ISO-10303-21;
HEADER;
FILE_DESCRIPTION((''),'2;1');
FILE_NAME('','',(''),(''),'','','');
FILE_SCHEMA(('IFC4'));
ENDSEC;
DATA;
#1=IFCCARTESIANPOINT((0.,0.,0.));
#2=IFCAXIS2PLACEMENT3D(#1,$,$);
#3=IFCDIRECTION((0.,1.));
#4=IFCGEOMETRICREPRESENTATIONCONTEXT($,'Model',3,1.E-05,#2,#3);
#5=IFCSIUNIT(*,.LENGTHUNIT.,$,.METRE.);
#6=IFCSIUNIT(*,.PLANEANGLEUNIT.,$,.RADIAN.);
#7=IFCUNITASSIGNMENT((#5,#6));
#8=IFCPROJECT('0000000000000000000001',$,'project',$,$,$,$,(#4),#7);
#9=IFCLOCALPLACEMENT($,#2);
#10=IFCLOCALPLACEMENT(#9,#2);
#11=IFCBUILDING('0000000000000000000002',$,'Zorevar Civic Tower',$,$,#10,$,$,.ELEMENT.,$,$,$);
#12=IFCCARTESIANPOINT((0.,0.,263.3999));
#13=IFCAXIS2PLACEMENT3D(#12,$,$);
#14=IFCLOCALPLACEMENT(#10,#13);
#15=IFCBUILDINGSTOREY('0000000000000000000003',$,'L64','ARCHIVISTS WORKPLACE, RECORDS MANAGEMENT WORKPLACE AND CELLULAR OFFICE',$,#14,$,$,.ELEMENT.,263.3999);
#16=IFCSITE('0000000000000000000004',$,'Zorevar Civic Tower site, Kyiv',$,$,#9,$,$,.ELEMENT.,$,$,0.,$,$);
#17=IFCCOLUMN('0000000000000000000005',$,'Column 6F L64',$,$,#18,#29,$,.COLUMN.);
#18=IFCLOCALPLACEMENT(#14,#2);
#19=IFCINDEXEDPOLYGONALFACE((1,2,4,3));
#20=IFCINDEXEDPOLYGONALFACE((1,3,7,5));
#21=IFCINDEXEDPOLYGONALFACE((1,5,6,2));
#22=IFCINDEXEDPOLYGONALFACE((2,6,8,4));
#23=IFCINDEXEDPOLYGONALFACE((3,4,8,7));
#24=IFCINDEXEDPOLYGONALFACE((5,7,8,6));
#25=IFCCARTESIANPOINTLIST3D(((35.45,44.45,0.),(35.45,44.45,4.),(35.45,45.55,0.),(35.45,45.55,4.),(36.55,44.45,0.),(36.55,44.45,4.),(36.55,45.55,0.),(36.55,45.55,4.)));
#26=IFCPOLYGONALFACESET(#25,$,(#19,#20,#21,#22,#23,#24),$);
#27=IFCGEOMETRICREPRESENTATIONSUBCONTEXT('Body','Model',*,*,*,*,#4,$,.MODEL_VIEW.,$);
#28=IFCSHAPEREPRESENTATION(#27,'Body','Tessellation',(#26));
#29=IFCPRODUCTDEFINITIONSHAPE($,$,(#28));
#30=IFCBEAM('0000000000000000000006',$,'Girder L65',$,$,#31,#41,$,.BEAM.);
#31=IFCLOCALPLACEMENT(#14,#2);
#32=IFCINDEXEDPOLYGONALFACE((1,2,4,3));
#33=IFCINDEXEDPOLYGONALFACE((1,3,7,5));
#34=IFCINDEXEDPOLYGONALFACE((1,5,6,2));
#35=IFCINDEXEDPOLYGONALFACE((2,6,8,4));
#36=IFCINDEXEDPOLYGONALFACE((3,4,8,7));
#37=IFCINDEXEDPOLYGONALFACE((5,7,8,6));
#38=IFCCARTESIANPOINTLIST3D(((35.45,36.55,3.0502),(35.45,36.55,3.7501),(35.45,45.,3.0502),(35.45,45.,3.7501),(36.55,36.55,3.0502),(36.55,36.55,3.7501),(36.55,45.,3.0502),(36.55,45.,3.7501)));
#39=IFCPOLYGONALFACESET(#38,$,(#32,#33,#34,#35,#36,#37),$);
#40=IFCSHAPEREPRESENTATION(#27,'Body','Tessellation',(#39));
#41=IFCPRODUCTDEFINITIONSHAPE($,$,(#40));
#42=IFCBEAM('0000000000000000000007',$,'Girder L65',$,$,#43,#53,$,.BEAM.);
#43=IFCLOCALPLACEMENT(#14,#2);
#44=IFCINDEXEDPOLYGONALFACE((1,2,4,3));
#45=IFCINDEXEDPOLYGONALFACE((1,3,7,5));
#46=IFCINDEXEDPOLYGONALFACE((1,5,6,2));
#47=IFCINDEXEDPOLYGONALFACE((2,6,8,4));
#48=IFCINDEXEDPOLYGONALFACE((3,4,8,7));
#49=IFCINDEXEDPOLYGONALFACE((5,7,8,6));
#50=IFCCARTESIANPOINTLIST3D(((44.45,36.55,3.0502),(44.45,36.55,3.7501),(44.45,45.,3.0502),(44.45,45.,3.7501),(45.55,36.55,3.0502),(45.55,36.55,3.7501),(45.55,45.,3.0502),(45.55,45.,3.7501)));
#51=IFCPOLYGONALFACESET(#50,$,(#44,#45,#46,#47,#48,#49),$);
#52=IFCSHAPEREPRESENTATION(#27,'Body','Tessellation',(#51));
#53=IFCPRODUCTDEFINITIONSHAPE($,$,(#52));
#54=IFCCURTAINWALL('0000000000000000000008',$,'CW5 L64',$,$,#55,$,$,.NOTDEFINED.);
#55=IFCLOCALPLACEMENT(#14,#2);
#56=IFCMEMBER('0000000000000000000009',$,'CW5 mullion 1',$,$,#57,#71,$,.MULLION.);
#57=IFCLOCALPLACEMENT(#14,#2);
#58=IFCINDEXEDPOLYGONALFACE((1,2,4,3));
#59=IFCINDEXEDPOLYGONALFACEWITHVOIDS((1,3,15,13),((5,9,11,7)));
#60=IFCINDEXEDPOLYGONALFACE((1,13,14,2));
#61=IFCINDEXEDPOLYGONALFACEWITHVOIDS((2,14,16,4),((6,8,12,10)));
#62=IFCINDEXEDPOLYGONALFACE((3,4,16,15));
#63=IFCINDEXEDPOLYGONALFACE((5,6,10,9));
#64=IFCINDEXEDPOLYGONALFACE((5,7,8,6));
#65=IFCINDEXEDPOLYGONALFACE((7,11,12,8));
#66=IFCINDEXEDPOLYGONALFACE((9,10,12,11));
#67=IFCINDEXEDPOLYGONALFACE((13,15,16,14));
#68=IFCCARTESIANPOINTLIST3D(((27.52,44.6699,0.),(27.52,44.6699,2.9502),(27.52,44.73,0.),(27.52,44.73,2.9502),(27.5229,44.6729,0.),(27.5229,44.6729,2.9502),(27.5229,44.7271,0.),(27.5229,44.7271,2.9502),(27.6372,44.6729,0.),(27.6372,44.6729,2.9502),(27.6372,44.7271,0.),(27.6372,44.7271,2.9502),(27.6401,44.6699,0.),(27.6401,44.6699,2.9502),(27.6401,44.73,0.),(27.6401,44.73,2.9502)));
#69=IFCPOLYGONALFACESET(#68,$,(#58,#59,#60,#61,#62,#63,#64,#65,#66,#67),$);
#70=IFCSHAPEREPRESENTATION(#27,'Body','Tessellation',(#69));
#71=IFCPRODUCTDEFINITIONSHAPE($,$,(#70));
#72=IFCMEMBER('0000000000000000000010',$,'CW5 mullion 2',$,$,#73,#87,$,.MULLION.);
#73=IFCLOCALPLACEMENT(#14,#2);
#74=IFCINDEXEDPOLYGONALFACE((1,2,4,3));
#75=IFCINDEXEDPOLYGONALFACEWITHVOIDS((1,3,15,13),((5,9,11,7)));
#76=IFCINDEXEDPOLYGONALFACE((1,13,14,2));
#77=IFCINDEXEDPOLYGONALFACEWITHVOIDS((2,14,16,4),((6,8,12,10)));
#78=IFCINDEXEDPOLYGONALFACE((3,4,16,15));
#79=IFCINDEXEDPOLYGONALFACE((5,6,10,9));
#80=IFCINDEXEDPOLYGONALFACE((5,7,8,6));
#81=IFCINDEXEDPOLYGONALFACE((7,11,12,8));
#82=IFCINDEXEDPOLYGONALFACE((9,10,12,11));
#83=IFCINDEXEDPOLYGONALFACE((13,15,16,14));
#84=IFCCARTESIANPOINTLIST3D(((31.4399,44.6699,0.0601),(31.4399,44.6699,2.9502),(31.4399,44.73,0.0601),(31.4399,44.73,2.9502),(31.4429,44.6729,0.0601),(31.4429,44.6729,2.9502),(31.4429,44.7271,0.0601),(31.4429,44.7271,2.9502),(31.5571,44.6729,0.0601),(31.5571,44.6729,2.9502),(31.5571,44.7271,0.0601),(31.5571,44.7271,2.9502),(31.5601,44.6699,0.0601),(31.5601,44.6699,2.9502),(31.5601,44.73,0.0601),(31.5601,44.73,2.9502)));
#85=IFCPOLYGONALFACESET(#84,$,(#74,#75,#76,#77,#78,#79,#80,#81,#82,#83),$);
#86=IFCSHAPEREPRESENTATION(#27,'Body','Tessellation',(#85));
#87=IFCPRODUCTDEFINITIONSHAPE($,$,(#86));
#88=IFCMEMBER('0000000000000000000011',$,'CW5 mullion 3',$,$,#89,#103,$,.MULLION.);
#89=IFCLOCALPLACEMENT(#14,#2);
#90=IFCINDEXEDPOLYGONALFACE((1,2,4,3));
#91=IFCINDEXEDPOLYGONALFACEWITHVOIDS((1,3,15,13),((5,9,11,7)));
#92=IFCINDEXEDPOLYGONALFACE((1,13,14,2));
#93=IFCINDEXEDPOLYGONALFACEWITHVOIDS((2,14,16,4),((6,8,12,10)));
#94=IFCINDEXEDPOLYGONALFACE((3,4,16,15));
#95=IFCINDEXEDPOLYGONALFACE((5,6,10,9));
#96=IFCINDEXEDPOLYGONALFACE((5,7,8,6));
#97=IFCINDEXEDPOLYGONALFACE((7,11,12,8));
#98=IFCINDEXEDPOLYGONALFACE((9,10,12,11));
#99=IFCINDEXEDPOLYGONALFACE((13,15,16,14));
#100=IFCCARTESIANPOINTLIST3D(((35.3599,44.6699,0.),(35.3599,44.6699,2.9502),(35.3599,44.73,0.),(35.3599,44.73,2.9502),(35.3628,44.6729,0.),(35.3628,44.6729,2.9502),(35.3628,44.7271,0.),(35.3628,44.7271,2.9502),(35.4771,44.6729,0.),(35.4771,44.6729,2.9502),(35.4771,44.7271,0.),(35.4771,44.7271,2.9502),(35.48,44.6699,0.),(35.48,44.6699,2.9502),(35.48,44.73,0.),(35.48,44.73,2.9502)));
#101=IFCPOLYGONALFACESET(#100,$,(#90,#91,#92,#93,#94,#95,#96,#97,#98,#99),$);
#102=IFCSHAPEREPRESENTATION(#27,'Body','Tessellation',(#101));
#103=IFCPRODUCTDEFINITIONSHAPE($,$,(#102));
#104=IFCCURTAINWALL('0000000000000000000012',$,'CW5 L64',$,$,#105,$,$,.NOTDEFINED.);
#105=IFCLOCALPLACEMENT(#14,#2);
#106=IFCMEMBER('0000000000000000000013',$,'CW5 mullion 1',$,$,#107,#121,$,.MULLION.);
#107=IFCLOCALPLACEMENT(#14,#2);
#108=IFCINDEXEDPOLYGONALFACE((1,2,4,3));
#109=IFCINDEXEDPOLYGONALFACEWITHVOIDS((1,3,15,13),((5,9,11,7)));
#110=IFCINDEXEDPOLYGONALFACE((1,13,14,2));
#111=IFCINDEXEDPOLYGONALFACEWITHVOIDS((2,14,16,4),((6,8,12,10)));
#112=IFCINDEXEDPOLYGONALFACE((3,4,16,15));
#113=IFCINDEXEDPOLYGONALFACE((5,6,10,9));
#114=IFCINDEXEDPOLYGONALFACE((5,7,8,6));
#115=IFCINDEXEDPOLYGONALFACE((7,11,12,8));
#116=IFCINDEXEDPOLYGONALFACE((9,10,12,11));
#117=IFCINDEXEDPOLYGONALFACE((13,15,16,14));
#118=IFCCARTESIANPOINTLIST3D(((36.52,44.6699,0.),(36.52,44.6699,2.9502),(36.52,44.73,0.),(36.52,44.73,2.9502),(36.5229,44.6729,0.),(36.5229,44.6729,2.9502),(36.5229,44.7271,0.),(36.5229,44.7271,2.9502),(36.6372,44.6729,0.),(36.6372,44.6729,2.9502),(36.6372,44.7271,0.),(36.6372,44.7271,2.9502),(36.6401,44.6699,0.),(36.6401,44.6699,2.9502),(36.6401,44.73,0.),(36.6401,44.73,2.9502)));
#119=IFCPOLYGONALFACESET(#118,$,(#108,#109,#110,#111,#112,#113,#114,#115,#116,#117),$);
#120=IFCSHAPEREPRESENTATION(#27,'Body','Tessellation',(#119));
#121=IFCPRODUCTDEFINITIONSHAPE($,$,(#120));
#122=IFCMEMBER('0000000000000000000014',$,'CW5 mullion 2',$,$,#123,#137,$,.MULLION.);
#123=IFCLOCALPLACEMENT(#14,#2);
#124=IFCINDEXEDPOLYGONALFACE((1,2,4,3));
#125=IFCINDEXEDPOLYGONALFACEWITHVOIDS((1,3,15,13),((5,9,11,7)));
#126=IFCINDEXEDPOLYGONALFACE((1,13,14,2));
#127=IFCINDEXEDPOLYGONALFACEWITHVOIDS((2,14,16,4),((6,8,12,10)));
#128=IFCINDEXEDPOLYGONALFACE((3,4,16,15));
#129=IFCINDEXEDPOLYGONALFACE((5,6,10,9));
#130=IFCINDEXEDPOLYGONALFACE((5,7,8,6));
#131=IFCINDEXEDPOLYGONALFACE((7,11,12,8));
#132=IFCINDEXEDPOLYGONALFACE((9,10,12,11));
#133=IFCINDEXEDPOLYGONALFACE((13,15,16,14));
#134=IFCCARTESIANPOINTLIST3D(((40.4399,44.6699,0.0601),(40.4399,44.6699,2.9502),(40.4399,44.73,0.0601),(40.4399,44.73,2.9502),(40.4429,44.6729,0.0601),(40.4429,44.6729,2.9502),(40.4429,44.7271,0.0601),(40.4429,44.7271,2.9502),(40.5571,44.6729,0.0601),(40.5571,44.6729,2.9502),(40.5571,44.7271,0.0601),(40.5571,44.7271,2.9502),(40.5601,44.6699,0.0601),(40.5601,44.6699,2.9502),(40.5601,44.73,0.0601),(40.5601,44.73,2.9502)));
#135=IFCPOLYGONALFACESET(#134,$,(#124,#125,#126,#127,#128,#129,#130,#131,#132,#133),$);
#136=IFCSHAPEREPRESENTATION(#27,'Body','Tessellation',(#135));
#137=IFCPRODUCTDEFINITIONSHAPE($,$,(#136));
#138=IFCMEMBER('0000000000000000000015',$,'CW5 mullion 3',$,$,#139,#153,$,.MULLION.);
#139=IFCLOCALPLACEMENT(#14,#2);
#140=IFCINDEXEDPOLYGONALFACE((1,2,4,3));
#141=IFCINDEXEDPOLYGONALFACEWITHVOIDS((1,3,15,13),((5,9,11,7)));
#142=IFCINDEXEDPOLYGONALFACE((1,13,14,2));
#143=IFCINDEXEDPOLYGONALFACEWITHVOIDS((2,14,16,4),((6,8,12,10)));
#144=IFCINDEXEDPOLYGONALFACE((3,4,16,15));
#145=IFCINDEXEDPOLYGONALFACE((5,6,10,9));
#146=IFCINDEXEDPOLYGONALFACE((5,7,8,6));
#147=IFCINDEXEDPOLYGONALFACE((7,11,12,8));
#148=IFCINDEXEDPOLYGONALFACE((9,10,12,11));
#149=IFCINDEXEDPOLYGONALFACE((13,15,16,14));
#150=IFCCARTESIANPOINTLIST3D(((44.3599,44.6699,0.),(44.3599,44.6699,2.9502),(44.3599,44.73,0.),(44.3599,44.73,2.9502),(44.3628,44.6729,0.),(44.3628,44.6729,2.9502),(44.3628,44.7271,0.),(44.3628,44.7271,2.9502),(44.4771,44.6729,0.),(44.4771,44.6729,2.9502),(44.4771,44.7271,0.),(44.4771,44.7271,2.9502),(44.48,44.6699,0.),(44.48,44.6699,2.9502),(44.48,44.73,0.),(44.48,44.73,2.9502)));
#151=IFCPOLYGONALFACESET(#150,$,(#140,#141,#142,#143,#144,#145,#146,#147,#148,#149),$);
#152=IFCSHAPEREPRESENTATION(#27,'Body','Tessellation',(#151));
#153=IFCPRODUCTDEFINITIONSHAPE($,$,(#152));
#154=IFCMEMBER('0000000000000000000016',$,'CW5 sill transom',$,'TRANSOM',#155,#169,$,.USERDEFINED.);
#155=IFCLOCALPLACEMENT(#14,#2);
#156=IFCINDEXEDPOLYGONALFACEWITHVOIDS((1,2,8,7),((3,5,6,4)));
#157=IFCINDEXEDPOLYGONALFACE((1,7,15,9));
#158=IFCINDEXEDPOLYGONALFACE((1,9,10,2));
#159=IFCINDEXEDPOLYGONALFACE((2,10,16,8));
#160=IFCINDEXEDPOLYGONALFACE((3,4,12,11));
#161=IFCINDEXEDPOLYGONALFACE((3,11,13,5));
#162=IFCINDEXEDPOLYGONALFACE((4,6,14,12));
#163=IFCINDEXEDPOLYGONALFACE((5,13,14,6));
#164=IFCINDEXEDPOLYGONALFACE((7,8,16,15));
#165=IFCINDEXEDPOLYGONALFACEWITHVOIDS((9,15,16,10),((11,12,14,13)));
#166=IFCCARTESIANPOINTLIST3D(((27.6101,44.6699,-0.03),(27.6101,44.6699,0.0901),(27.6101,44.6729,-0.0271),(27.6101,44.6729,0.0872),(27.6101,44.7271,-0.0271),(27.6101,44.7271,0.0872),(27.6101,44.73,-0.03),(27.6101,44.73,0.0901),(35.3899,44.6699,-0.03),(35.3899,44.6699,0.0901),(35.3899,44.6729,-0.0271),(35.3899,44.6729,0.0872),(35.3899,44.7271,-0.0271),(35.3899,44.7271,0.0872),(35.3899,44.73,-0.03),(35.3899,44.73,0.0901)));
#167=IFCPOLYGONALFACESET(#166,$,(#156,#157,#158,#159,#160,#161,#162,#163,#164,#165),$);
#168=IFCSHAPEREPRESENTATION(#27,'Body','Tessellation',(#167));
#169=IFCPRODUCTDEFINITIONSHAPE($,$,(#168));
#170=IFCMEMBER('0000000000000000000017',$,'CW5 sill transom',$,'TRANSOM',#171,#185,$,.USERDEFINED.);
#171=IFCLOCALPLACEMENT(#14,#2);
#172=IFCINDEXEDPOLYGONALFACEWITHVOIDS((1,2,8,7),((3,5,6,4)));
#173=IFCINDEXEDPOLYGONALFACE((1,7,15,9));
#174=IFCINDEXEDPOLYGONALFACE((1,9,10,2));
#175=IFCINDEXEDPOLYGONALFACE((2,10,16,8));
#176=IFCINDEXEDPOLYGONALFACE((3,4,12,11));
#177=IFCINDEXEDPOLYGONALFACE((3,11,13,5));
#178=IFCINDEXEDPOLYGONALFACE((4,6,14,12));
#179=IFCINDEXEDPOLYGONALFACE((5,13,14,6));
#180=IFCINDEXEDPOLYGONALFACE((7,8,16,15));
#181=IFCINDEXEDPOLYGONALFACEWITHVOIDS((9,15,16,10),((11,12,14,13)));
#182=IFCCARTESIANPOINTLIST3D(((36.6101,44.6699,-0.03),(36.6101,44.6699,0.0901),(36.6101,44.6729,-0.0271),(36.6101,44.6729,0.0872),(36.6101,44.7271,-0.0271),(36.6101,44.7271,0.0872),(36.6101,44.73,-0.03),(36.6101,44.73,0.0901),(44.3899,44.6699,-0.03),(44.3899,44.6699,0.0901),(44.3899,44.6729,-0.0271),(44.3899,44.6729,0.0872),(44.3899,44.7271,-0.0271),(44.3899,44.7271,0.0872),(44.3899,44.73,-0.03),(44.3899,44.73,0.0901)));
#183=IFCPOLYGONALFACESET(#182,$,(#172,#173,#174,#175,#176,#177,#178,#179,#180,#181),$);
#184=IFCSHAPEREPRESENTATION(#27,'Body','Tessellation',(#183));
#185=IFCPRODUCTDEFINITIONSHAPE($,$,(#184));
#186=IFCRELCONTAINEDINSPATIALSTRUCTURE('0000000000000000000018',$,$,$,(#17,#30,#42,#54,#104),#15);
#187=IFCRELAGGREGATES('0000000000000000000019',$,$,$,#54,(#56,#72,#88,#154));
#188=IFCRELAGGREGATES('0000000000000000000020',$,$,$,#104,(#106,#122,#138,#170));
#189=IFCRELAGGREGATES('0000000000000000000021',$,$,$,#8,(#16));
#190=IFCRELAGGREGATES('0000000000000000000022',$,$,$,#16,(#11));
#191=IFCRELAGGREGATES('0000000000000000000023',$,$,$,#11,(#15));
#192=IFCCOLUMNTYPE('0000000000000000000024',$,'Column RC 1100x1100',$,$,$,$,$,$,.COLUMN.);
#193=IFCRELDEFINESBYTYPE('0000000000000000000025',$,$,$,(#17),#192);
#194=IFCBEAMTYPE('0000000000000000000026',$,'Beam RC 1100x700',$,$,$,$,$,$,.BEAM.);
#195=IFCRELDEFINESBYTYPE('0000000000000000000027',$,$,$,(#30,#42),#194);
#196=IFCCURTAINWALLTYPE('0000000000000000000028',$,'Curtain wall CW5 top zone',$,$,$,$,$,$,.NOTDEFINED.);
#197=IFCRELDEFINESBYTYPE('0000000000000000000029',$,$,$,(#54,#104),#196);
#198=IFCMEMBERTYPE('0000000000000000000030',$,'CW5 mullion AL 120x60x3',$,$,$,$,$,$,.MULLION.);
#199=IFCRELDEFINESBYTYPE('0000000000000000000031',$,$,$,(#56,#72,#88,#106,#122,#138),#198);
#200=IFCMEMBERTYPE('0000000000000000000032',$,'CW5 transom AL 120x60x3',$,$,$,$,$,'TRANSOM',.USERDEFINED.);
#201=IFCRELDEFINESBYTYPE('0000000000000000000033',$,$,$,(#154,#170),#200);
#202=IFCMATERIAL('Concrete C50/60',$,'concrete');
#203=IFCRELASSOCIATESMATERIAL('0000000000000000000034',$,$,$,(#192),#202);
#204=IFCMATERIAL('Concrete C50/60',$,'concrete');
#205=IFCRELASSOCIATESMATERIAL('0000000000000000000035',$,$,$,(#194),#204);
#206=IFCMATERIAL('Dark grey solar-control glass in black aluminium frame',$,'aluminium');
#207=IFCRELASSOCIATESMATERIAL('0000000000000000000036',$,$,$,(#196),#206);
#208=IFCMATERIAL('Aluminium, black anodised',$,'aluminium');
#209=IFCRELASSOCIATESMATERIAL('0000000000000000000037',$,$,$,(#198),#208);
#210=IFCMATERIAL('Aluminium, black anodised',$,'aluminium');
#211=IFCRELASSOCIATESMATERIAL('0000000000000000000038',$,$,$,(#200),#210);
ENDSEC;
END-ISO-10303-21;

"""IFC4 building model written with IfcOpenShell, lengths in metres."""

from ifc_helpers import new_model, si_unit, direction, frame, origin, origin_2d, place, context, subcontext, project, spatial, rectangle, hollow_rectangle, extrude, material, material_profile, profile_set, type_object, element, aggregate, save


model = new_model("IFC4")

# Units and contexts
model_context = context("Model", 3, precision=1e-05, world=origin(), true_north=direction((0.0, 1.0)))
body_context = subcontext(model_context, "Body", "Model", "MODEL_VIEW")
ifc_project = project(units=[si_unit("LENGTHUNIT", "METRE"), si_unit("PLANEANGLEUNIT", "RADIAN")], contexts=[model_context])

# Site, building, storey
site_placement = place(None, origin())
site = spatial("IfcSite", under=ifc_project, at=site_placement, Name="Zorevar Civic Tower site, Kyiv", CompositionType="ELEMENT", RefElevation=0.0)
building_placement = place(site_placement, origin())
building = spatial("IfcBuilding", under=site, at=building_placement, Name="Zorevar Civic Tower", CompositionType="ELEMENT")
storey_placement = place(building_placement, frame((0.0, 0.0, 263.3999)))
storey = spatial("IfcBuildingStorey", under=building, at=storey_placement, Name="L64", Description="ARCHIVISTS WORKPLACE, RECORDS MANAGEMENT WORKPLACE AND CELLULAR OFFICE", CompositionType="ELEMENT", Elevation=263.3999)

# Column
ifc_material_1 = material(Name="Concrete C50/60", Category="concrete")
ifc_material_profile_1 = material_profile(ifc_material_1, rectangle(XDim=1.1001, YDim=1.1001, at=origin_2d()), Name="RC 1100x1100")
ifc_profile_set_1 = profile_set([ifc_material_profile_1], Name="Concrete C50/60")
column_type = type_object("IfcColumnType", Name="Column RC 1100x1100", PredefinedType="COLUMN", material=ifc_profile_set_1)
column_placement = place(storey_placement, frame((36.0, 45.0, 0.0), z_axis=(0.0, 0.0, 1.0), x_axis=(1.0, 0.0, 0.0)))
element("IfcColumn", 1, at=column_placement, inside=storey, type_object=column_type, Name="Column 6F L64", PredefinedType="COLUMN", context=body_context, shape_type="SweptSolid", body=[
    extrude(rectangle(XDim=1.1001, YDim=1.1001, at=origin_2d()), origin(), (0.0, 0.0, 1.0), 4.0),
])

# Beams
ifc_material_2 = material(Name="Concrete C50/60", Category="concrete")
ifc_material_profile_2 = material_profile(ifc_material_2, rectangle(XDim=1.1001, YDim=0.7, at=origin_2d()), Name="RC 1100x700")
ifc_profile_set_2 = profile_set([ifc_material_profile_2], Name="Concrete C50/60")
beam_type_1 = type_object("IfcBeamType", Name="Beam RC 1100x700", PredefinedType="BEAM", material=ifc_profile_set_2)
for number, where, z_axis, x_axis, name in (
    (2, (36.0, 36.55, 3.4001), (0.0, 1.0, 0.0), (-1.0, 0.0, 0.0), "Girder L65"),
    (3, (45.0, 36.55, 3.4001), (0.0, 1.0, 0.0), (-1.0, 0.0, 0.0), "Girder L65"),
):
    element("IfcBeam", number, at=place(storey_placement, frame(where, z_axis=z_axis, x_axis=x_axis)), inside=storey, type_object=beam_type_1, Name=name, PredefinedType="BEAM", context=body_context, shape_type="SweptSolid", body=[
        extrude(rectangle(XDim=1.1001, YDim=0.7, at=origin_2d()), origin(), (0.0, 0.0, 1.0), 8.45),
    ])

# Curtain walls, members
ifc_material_3 = material(Name="Dark grey solar-control glass in black aluminium frame", Category="aluminium")
curtain_wall_type = type_object("IfcCurtainWallType", Name="Curtain wall CW5 top zone", PredefinedType="NOTDEFINED", material=ifc_material_3)
curtain_wall_1_placement = place(storey_placement, origin())
curtain_wall_1 = element("IfcCurtainWall", 4, at=curtain_wall_1_placement, inside=storey, type_object=curtain_wall_type, Name="CW5 L64", PredefinedType="NOTDEFINED")
ifc_material_4 = material(Name="Aluminium, black anodised", Category="aluminium")
ifc_material_profile_3 = material_profile(ifc_material_4, hollow_rectangle(XDim=0.0601, YDim=0.1201, WallThickness=0.0029, at=origin_2d()), Name="AL 120x60x3")
ifc_profile_set_3 = profile_set([ifc_material_profile_3], Name="Aluminium, black anodised")
member_type_1 = type_object("IfcMemberType", Name="CW5 mullion AL 120x60x3", PredefinedType="MULLION", material=ifc_profile_set_3)
member_1_placement = place(storey_placement, frame((27.5801, 44.7, 0.0), z_axis=(0.0, 0.0, 1.0), x_axis=(0.0, 1.0, 0.0)))
member_1 = element("IfcMember", 5, at=member_1_placement, type_object=member_type_1, Name="CW5 mullion 1", PredefinedType="MULLION", context=body_context, shape_type="SweptSolid", body=[
    extrude(hollow_rectangle(XDim=0.0601, YDim=0.1201, WallThickness=0.0029, at=origin_2d()), origin(), (0.0, 0.0, 1.0), 2.9502),
])
member_2_placement = place(storey_placement, frame((31.5, 44.7, 0.0601), z_axis=(0.0, 0.0, 1.0), x_axis=(0.0, 1.0, 0.0)))
member_2 = element("IfcMember", 6, at=member_2_placement, type_object=member_type_1, Name="CW5 mullion 2", PredefinedType="MULLION", context=body_context, shape_type="SweptSolid", body=[
    extrude(hollow_rectangle(XDim=0.0601, YDim=0.1201, WallThickness=0.0029, at=origin_2d()), origin(), (0.0, 0.0, 1.0), 2.8901),
])
member_3_placement = place(storey_placement, frame((35.4199, 44.7, 0.0), z_axis=(0.0, 0.0, 1.0), x_axis=(0.0, 1.0, 0.0)))
member_3 = element("IfcMember", 7, at=member_3_placement, type_object=member_type_1, Name="CW5 mullion 3", PredefinedType="MULLION", context=body_context, shape_type="SweptSolid", body=[
    extrude(hollow_rectangle(XDim=0.0601, YDim=0.1201, WallThickness=0.0029, at=origin_2d()), origin(), (0.0, 0.0, 1.0), 2.9502),
])
curtain_wall_2_placement = place(storey_placement, origin())
curtain_wall_2 = element("IfcCurtainWall", 8, at=curtain_wall_2_placement, inside=storey, type_object=curtain_wall_type, Name="CW5 L64", PredefinedType="NOTDEFINED")
member_4_placement = place(storey_placement, frame((36.5801, 44.7, 0.0), z_axis=(0.0, 0.0, 1.0), x_axis=(0.0, 1.0, 0.0)))
member_4 = element("IfcMember", 9, at=member_4_placement, type_object=member_type_1, Name="CW5 mullion 1", PredefinedType="MULLION", context=body_context, shape_type="SweptSolid", body=[
    extrude(hollow_rectangle(XDim=0.0601, YDim=0.1201, WallThickness=0.0029, at=origin_2d()), origin(), (0.0, 0.0, 1.0), 2.9502),
])
member_5_placement = place(storey_placement, frame((40.5, 44.7, 0.0601), z_axis=(0.0, 0.0, 1.0), x_axis=(0.0, 1.0, 0.0)))
member_5 = element("IfcMember", 10, at=member_5_placement, type_object=member_type_1, Name="CW5 mullion 2", PredefinedType="MULLION", context=body_context, shape_type="SweptSolid", body=[
    extrude(hollow_rectangle(XDim=0.0601, YDim=0.1201, WallThickness=0.0029, at=origin_2d()), origin(), (0.0, 0.0, 1.0), 2.8901),
])
member_6_placement = place(storey_placement, frame((44.4199, 44.7, 0.0), z_axis=(0.0, 0.0, 1.0), x_axis=(0.0, 1.0, 0.0)))
member_6 = element("IfcMember", 11, at=member_6_placement, type_object=member_type_1, Name="CW5 mullion 3", PredefinedType="MULLION", context=body_context, shape_type="SweptSolid", body=[
    extrude(hollow_rectangle(XDim=0.0601, YDim=0.1201, WallThickness=0.0029, at=origin_2d()), origin(), (0.0, 0.0, 1.0), 2.9502),
])

# Members
ifc_material_5 = material(Name="Aluminium, black anodised", Category="aluminium")
ifc_material_profile_4 = material_profile(ifc_material_5, hollow_rectangle(XDim=0.0601, YDim=0.1201, WallThickness=0.0029, at=origin_2d()), Name="AL 120x60x3")
ifc_profile_set_4 = profile_set([ifc_material_profile_4], Name="Aluminium, black anodised")
member_type_2 = type_object("IfcMemberType", Name="CW5 transom AL 120x60x3", ElementType="TRANSOM", PredefinedType="USERDEFINED", material=ifc_profile_set_4)
member_7_placement = place(storey_placement, frame((27.6101, 44.7, 0.03), z_axis=(1.0, 0.0, 0.0), x_axis=(0.0, 1.0, 0.0)))
member_7 = element("IfcMember", 12, at=member_7_placement, type_object=member_type_2, Name="CW5 sill transom", ObjectType="TRANSOM", PredefinedType="USERDEFINED", context=body_context, shape_type="SweptSolid", body=[
    extrude(hollow_rectangle(XDim=0.0601, YDim=0.1201, WallThickness=0.0029, at=origin_2d()), origin(), (0.0, 0.0, 1.0), 7.7798),
])
member_8_placement = place(storey_placement, frame((36.6101, 44.7, 0.03), z_axis=(1.0, 0.0, 0.0), x_axis=(0.0, 1.0, 0.0)))
member_8 = element("IfcMember", 13, at=member_8_placement, type_object=member_type_2, Name="CW5 sill transom", ObjectType="TRANSOM", PredefinedType="USERDEFINED", context=body_context, shape_type="SweptSolid", body=[
    extrude(hollow_rectangle(XDim=0.0601, YDim=0.1201, WallThickness=0.0029, at=origin_2d()), origin(), (0.0, 0.0, 1.0), 7.7798),
])

aggregate(curtain_wall_1, [member_1, member_2, member_3, member_7])
aggregate(curtain_wall_2, [member_4, member_5, member_6, member_8])

save(model, "model.ifc")
